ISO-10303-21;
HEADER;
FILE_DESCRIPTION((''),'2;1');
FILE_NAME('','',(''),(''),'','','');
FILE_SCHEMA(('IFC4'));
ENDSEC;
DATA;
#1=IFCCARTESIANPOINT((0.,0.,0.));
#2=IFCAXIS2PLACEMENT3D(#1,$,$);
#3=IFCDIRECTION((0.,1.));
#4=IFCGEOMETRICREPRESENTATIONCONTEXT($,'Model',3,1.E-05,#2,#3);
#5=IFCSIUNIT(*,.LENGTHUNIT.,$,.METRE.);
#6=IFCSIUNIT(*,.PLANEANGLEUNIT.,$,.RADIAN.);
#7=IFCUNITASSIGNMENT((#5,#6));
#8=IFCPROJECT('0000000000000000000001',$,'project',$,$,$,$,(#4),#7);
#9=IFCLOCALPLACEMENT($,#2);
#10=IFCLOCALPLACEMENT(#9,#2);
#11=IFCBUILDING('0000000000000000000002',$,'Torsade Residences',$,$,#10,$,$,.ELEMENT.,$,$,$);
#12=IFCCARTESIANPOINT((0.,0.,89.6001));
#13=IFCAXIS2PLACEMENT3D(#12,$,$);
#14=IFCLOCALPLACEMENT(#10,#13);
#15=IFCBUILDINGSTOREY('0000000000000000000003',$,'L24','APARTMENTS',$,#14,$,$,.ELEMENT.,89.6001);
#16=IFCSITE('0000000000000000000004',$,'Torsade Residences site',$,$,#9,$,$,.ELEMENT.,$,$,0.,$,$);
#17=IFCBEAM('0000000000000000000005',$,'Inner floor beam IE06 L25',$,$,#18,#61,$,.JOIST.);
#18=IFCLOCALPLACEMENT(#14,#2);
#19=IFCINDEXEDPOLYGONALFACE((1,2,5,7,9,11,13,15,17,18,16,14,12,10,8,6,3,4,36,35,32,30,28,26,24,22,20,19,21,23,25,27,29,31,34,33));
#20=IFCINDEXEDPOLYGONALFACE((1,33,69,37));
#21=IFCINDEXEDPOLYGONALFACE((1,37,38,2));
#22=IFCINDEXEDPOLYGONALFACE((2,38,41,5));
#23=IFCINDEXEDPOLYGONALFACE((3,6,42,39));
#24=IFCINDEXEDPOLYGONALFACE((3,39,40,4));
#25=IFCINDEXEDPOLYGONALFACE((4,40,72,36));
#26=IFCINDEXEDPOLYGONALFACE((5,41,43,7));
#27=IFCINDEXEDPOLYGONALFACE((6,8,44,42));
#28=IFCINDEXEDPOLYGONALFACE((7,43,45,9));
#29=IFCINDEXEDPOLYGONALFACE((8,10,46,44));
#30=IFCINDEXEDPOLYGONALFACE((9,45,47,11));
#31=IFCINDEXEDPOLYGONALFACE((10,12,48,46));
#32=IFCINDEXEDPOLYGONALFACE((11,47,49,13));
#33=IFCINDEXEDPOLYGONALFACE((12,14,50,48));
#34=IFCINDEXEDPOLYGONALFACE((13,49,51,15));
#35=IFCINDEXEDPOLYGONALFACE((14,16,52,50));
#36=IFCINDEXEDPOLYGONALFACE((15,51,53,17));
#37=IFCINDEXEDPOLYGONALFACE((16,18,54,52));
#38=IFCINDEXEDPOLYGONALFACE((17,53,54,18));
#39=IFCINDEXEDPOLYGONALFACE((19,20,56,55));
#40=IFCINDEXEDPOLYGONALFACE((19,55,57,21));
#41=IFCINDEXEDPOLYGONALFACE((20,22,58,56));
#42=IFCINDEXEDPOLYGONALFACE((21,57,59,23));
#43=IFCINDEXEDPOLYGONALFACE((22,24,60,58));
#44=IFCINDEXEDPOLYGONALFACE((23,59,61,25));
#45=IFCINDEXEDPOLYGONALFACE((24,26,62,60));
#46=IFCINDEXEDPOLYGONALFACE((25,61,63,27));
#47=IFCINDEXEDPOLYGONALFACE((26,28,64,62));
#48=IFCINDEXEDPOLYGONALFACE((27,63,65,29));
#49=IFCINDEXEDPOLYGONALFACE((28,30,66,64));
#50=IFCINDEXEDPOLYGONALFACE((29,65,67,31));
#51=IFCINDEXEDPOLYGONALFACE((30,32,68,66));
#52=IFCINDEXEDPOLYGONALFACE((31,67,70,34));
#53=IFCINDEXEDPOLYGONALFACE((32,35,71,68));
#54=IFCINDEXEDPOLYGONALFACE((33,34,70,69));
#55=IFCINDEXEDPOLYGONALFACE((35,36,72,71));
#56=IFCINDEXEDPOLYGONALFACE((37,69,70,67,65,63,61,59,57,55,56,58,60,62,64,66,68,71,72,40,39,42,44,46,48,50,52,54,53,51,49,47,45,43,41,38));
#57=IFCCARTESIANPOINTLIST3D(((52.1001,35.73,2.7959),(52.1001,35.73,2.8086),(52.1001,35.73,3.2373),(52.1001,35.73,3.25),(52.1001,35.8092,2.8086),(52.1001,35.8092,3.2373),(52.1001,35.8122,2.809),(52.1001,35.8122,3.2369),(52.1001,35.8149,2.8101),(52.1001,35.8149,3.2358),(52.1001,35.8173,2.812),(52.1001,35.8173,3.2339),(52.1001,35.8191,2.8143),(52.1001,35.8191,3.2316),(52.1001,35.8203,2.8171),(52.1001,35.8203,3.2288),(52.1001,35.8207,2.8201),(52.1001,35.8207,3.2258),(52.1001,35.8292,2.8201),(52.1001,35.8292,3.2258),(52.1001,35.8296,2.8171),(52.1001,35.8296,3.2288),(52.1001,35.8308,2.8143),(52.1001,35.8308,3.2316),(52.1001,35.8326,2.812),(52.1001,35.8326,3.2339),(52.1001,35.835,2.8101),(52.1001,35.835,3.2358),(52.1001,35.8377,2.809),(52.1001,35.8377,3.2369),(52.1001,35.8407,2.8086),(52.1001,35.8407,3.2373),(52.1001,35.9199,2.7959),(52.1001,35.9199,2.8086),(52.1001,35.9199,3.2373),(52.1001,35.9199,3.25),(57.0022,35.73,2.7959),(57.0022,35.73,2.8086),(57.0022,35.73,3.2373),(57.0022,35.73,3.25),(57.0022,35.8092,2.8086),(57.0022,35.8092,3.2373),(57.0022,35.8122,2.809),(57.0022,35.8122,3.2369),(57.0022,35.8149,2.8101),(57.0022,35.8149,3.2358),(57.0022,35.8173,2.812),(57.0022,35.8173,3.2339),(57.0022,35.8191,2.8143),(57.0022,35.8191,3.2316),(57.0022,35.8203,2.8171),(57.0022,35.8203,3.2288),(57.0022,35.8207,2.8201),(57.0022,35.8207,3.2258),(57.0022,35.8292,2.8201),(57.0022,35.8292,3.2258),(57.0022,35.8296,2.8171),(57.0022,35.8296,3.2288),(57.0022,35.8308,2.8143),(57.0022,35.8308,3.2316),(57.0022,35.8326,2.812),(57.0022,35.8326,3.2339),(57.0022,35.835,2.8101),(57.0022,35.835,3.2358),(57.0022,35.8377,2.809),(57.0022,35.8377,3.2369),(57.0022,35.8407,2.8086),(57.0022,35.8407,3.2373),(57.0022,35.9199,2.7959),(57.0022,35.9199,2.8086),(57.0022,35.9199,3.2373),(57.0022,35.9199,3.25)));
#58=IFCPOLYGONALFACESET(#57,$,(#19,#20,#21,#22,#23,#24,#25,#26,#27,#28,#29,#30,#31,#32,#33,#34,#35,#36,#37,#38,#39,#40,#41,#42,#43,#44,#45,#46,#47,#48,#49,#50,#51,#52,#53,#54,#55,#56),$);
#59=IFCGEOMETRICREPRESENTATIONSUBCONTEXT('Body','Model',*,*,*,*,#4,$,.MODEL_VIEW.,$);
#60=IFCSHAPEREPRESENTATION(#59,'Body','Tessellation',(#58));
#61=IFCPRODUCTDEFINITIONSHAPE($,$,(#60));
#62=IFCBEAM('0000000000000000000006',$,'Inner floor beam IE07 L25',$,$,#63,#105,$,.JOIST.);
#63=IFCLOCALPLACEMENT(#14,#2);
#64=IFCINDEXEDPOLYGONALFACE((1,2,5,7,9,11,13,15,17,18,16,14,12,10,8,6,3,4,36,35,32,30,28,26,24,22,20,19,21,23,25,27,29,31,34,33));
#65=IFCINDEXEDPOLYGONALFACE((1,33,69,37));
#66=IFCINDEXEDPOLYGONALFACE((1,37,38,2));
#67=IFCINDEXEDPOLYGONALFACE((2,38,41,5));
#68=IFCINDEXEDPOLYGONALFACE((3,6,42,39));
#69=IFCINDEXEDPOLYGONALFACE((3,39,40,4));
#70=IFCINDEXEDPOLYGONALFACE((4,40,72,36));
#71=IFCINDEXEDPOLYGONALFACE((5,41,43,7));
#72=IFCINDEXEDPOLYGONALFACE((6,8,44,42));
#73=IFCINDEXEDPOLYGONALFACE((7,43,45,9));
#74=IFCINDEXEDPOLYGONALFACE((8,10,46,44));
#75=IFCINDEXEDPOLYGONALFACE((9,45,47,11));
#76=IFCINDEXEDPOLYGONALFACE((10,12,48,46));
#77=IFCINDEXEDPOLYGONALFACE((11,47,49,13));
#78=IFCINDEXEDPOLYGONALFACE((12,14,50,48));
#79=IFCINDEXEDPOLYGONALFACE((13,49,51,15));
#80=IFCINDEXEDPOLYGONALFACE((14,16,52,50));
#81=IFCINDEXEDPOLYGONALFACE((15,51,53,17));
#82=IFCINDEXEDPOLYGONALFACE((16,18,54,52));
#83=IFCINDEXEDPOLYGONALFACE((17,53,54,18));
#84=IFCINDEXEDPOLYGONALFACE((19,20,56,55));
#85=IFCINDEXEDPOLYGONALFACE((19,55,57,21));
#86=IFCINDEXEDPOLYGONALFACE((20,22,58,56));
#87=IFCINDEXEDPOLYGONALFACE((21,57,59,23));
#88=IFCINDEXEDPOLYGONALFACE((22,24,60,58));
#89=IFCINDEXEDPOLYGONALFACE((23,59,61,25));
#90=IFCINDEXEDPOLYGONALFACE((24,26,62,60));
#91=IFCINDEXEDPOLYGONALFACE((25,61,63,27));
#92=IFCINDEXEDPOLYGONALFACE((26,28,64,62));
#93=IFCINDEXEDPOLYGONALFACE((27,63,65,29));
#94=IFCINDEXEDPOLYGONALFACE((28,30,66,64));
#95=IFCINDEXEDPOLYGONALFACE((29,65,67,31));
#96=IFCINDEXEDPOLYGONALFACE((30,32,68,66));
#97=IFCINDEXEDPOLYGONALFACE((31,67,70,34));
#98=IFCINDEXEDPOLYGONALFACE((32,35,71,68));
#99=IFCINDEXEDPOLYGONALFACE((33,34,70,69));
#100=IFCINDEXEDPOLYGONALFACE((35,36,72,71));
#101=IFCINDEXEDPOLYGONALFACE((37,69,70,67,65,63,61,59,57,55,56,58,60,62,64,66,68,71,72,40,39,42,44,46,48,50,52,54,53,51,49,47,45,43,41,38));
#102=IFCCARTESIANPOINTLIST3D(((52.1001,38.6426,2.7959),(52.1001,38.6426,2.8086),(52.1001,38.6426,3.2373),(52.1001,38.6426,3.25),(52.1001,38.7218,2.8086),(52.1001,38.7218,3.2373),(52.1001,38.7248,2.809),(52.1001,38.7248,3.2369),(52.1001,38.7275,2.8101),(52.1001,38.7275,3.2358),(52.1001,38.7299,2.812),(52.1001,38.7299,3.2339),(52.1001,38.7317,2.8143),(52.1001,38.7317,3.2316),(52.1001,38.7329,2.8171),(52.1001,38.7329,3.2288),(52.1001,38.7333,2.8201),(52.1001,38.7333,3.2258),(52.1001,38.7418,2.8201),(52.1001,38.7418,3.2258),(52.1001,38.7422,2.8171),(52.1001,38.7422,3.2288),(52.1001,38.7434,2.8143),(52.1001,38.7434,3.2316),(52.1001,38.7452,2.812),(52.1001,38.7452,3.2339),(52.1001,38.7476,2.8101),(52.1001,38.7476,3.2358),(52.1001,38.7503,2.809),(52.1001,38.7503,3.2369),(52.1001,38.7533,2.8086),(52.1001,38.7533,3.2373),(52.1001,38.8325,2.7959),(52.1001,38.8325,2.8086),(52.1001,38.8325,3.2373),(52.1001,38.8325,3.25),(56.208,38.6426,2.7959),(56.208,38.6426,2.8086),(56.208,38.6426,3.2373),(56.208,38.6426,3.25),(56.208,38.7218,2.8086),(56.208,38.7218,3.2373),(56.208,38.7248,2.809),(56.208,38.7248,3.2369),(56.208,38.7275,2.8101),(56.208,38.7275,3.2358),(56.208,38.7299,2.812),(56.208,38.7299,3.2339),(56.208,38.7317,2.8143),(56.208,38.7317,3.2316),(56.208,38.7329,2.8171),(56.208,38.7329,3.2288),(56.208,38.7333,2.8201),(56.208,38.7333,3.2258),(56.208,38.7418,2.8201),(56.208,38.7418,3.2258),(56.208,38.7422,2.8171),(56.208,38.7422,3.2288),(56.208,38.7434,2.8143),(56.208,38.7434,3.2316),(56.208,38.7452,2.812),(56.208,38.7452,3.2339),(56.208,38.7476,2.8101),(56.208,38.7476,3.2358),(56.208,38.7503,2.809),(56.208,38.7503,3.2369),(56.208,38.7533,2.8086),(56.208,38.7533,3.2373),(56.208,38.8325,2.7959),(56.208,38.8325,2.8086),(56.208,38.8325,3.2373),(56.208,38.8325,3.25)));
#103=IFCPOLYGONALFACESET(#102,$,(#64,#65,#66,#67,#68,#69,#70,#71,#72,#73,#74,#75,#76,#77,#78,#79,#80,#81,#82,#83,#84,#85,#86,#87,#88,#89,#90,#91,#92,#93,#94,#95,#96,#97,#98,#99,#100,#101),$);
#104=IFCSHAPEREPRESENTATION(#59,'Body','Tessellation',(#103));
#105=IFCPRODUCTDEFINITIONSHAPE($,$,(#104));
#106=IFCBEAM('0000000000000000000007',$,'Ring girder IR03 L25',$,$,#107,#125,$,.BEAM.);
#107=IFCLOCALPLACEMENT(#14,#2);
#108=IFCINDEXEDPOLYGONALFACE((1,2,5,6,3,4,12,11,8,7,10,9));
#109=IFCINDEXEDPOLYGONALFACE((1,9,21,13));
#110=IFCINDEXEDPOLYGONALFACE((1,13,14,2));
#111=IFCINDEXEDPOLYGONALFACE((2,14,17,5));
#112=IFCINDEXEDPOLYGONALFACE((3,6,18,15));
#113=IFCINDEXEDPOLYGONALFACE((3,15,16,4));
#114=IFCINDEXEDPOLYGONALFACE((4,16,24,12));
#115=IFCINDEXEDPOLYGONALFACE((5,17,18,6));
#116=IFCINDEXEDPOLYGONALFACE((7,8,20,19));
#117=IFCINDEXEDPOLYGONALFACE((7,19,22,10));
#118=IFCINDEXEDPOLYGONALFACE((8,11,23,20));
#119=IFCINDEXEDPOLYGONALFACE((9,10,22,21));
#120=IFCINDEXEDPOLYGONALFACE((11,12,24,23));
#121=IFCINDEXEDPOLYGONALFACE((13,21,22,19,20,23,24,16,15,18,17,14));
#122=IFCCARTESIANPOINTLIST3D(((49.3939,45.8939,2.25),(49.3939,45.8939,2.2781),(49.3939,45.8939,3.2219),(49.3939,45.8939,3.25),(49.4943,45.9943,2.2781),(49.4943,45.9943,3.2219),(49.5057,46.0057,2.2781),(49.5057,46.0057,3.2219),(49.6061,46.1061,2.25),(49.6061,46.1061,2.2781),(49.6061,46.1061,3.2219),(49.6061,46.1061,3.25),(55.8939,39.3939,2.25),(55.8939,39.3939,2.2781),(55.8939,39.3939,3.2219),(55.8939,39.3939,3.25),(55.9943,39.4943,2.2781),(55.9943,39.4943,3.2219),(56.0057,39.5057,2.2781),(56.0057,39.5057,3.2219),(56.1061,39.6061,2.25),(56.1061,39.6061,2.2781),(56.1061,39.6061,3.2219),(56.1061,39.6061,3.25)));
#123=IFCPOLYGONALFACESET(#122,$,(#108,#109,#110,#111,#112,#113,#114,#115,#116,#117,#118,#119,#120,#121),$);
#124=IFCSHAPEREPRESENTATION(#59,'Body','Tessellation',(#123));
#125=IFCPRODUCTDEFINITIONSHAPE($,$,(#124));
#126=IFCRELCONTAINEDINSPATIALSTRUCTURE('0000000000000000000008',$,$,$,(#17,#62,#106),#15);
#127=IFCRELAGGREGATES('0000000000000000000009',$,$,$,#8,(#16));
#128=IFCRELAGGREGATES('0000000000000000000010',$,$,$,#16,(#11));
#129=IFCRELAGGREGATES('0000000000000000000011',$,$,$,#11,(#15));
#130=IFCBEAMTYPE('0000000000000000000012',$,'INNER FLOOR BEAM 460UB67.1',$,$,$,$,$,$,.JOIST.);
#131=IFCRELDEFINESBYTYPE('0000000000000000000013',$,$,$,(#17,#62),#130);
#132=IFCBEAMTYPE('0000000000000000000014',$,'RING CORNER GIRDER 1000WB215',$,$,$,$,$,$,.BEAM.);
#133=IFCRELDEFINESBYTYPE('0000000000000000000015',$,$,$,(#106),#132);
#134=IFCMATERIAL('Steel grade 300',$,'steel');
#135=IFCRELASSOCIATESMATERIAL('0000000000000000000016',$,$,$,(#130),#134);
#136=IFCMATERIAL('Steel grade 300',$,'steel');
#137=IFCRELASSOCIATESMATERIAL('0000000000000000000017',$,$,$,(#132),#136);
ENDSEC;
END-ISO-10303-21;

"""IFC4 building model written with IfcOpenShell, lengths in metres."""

from ifc_helpers import new_model, si_unit, direction, frame, origin, origin_2d, place, context, subcontext, project, spatial, i_section, extrude, material, material_profile, profile_set, type_object, element, save


model = new_model("IFC4")

# Units and contexts
model_context = context("Model", 3, precision=1e-05, world=origin(), true_north=direction((0.0, 1.0)))
body_context = subcontext(model_context, "Body", "Model", "MODEL_VIEW")
ifc_project = project(units=[si_unit("LENGTHUNIT", "METRE"), si_unit("PLANEANGLEUNIT", "RADIAN")], contexts=[model_context])

# Site, building, storey
site_placement = place(None, origin())
site = spatial("IfcSite", under=ifc_project, at=site_placement, Name="Torsade Residences site", CompositionType="ELEMENT", RefElevation=0.0)
building_placement = place(site_placement, origin())
building = spatial("IfcBuilding", under=site, at=building_placement, Name="Torsade Residences", CompositionType="ELEMENT")
storey_placement = place(building_placement, frame((0.0, 0.0, 89.6001)))
storey = spatial("IfcBuildingStorey", under=building, at=storey_placement, Name="L24", Description="APARTMENTS", CompositionType="ELEMENT", Elevation=89.6001)

# Beams
ifc_material_1 = material(Name="Steel grade 300", Category="steel")
ifc_material_profile_1 = material_profile(ifc_material_1, i_section(OverallWidth=0.1899, OverallDepth=0.4541, WebThickness=0.0085, FlangeThickness=0.0127, FilletRadius=0.0115, at=origin_2d()), Name="460UB67.1")
ifc_profile_set_1 = profile_set([ifc_material_profile_1], Name="Steel grade 300")
beam_type_1 = type_object("IfcBeamType", Name="INNER FLOOR BEAM 460UB67.1", PredefinedType="JOIST", material=ifc_profile_set_1)
beam_1_placement = place(storey_placement, frame((52.1001, 35.825, 3.0229), z_axis=(1.0, 0.0, 0.0), x_axis=(0.0, 1.0, 0.0)))
element("IfcBeam", 1, at=beam_1_placement, inside=storey, type_object=beam_type_1, Name="Inner floor beam IE06 L25", PredefinedType="JOIST", context=body_context, shape_type="SweptSolid", body=[
    extrude(i_section(OverallWidth=0.1899, OverallDepth=0.4541, WebThickness=0.0085, FlangeThickness=0.0127, FilletRadius=0.0115, at=origin_2d()), origin(), (0.0, 0.0, 1.0), 4.9021),
])
beam_2_placement = place(storey_placement, frame((52.1001, 38.7375, 3.0229), z_axis=(1.0, 0.0, 0.0), x_axis=(0.0, 1.0, 0.0)))
element("IfcBeam", 2, at=beam_2_placement, inside=storey, type_object=beam_type_1, Name="Inner floor beam IE07 L25", PredefinedType="JOIST", context=body_context, shape_type="SweptSolid", body=[
    extrude(i_section(OverallWidth=0.1899, OverallDepth=0.4541, WebThickness=0.0085, FlangeThickness=0.0127, FilletRadius=0.0115, at=origin_2d()), origin(), (0.0, 0.0, 1.0), 4.1079),
])
ifc_material_2 = material(Name="Steel grade 300", Category="steel")
ifc_material_profile_2 = material_profile(ifc_material_2, i_section(OverallWidth=0.3, OverallDepth=1.0, WebThickness=0.0161, FlangeThickness=0.0281, at=origin_2d()), Name="1000WB215")
ifc_profile_set_2 = profile_set([ifc_material_profile_2], Name="Steel grade 300")
beam_type_2 = type_object("IfcBeamType", Name="RING CORNER GIRDER 1000WB215", PredefinedType="BEAM", material=ifc_profile_set_2)
beam_3_placement = place(storey_placement, frame((56.0, 39.5, 2.75), z_axis=(-0.707107, 0.707107, 0.0), x_axis=(-0.707107, -0.707107, 0.0)))
element("IfcBeam", 3, at=beam_3_placement, inside=storey, type_object=beam_type_2, Name="Ring girder IR03 L25", PredefinedType="BEAM", context=body_context, shape_type="SweptSolid", body=[
    extrude(i_section(OverallWidth=0.3, OverallDepth=1.0, WebThickness=0.0161, FlangeThickness=0.0281, at=origin_2d()), origin(), (0.0, 0.0, 1.0), 9.1924),
])

save(model, "model.ifc")
